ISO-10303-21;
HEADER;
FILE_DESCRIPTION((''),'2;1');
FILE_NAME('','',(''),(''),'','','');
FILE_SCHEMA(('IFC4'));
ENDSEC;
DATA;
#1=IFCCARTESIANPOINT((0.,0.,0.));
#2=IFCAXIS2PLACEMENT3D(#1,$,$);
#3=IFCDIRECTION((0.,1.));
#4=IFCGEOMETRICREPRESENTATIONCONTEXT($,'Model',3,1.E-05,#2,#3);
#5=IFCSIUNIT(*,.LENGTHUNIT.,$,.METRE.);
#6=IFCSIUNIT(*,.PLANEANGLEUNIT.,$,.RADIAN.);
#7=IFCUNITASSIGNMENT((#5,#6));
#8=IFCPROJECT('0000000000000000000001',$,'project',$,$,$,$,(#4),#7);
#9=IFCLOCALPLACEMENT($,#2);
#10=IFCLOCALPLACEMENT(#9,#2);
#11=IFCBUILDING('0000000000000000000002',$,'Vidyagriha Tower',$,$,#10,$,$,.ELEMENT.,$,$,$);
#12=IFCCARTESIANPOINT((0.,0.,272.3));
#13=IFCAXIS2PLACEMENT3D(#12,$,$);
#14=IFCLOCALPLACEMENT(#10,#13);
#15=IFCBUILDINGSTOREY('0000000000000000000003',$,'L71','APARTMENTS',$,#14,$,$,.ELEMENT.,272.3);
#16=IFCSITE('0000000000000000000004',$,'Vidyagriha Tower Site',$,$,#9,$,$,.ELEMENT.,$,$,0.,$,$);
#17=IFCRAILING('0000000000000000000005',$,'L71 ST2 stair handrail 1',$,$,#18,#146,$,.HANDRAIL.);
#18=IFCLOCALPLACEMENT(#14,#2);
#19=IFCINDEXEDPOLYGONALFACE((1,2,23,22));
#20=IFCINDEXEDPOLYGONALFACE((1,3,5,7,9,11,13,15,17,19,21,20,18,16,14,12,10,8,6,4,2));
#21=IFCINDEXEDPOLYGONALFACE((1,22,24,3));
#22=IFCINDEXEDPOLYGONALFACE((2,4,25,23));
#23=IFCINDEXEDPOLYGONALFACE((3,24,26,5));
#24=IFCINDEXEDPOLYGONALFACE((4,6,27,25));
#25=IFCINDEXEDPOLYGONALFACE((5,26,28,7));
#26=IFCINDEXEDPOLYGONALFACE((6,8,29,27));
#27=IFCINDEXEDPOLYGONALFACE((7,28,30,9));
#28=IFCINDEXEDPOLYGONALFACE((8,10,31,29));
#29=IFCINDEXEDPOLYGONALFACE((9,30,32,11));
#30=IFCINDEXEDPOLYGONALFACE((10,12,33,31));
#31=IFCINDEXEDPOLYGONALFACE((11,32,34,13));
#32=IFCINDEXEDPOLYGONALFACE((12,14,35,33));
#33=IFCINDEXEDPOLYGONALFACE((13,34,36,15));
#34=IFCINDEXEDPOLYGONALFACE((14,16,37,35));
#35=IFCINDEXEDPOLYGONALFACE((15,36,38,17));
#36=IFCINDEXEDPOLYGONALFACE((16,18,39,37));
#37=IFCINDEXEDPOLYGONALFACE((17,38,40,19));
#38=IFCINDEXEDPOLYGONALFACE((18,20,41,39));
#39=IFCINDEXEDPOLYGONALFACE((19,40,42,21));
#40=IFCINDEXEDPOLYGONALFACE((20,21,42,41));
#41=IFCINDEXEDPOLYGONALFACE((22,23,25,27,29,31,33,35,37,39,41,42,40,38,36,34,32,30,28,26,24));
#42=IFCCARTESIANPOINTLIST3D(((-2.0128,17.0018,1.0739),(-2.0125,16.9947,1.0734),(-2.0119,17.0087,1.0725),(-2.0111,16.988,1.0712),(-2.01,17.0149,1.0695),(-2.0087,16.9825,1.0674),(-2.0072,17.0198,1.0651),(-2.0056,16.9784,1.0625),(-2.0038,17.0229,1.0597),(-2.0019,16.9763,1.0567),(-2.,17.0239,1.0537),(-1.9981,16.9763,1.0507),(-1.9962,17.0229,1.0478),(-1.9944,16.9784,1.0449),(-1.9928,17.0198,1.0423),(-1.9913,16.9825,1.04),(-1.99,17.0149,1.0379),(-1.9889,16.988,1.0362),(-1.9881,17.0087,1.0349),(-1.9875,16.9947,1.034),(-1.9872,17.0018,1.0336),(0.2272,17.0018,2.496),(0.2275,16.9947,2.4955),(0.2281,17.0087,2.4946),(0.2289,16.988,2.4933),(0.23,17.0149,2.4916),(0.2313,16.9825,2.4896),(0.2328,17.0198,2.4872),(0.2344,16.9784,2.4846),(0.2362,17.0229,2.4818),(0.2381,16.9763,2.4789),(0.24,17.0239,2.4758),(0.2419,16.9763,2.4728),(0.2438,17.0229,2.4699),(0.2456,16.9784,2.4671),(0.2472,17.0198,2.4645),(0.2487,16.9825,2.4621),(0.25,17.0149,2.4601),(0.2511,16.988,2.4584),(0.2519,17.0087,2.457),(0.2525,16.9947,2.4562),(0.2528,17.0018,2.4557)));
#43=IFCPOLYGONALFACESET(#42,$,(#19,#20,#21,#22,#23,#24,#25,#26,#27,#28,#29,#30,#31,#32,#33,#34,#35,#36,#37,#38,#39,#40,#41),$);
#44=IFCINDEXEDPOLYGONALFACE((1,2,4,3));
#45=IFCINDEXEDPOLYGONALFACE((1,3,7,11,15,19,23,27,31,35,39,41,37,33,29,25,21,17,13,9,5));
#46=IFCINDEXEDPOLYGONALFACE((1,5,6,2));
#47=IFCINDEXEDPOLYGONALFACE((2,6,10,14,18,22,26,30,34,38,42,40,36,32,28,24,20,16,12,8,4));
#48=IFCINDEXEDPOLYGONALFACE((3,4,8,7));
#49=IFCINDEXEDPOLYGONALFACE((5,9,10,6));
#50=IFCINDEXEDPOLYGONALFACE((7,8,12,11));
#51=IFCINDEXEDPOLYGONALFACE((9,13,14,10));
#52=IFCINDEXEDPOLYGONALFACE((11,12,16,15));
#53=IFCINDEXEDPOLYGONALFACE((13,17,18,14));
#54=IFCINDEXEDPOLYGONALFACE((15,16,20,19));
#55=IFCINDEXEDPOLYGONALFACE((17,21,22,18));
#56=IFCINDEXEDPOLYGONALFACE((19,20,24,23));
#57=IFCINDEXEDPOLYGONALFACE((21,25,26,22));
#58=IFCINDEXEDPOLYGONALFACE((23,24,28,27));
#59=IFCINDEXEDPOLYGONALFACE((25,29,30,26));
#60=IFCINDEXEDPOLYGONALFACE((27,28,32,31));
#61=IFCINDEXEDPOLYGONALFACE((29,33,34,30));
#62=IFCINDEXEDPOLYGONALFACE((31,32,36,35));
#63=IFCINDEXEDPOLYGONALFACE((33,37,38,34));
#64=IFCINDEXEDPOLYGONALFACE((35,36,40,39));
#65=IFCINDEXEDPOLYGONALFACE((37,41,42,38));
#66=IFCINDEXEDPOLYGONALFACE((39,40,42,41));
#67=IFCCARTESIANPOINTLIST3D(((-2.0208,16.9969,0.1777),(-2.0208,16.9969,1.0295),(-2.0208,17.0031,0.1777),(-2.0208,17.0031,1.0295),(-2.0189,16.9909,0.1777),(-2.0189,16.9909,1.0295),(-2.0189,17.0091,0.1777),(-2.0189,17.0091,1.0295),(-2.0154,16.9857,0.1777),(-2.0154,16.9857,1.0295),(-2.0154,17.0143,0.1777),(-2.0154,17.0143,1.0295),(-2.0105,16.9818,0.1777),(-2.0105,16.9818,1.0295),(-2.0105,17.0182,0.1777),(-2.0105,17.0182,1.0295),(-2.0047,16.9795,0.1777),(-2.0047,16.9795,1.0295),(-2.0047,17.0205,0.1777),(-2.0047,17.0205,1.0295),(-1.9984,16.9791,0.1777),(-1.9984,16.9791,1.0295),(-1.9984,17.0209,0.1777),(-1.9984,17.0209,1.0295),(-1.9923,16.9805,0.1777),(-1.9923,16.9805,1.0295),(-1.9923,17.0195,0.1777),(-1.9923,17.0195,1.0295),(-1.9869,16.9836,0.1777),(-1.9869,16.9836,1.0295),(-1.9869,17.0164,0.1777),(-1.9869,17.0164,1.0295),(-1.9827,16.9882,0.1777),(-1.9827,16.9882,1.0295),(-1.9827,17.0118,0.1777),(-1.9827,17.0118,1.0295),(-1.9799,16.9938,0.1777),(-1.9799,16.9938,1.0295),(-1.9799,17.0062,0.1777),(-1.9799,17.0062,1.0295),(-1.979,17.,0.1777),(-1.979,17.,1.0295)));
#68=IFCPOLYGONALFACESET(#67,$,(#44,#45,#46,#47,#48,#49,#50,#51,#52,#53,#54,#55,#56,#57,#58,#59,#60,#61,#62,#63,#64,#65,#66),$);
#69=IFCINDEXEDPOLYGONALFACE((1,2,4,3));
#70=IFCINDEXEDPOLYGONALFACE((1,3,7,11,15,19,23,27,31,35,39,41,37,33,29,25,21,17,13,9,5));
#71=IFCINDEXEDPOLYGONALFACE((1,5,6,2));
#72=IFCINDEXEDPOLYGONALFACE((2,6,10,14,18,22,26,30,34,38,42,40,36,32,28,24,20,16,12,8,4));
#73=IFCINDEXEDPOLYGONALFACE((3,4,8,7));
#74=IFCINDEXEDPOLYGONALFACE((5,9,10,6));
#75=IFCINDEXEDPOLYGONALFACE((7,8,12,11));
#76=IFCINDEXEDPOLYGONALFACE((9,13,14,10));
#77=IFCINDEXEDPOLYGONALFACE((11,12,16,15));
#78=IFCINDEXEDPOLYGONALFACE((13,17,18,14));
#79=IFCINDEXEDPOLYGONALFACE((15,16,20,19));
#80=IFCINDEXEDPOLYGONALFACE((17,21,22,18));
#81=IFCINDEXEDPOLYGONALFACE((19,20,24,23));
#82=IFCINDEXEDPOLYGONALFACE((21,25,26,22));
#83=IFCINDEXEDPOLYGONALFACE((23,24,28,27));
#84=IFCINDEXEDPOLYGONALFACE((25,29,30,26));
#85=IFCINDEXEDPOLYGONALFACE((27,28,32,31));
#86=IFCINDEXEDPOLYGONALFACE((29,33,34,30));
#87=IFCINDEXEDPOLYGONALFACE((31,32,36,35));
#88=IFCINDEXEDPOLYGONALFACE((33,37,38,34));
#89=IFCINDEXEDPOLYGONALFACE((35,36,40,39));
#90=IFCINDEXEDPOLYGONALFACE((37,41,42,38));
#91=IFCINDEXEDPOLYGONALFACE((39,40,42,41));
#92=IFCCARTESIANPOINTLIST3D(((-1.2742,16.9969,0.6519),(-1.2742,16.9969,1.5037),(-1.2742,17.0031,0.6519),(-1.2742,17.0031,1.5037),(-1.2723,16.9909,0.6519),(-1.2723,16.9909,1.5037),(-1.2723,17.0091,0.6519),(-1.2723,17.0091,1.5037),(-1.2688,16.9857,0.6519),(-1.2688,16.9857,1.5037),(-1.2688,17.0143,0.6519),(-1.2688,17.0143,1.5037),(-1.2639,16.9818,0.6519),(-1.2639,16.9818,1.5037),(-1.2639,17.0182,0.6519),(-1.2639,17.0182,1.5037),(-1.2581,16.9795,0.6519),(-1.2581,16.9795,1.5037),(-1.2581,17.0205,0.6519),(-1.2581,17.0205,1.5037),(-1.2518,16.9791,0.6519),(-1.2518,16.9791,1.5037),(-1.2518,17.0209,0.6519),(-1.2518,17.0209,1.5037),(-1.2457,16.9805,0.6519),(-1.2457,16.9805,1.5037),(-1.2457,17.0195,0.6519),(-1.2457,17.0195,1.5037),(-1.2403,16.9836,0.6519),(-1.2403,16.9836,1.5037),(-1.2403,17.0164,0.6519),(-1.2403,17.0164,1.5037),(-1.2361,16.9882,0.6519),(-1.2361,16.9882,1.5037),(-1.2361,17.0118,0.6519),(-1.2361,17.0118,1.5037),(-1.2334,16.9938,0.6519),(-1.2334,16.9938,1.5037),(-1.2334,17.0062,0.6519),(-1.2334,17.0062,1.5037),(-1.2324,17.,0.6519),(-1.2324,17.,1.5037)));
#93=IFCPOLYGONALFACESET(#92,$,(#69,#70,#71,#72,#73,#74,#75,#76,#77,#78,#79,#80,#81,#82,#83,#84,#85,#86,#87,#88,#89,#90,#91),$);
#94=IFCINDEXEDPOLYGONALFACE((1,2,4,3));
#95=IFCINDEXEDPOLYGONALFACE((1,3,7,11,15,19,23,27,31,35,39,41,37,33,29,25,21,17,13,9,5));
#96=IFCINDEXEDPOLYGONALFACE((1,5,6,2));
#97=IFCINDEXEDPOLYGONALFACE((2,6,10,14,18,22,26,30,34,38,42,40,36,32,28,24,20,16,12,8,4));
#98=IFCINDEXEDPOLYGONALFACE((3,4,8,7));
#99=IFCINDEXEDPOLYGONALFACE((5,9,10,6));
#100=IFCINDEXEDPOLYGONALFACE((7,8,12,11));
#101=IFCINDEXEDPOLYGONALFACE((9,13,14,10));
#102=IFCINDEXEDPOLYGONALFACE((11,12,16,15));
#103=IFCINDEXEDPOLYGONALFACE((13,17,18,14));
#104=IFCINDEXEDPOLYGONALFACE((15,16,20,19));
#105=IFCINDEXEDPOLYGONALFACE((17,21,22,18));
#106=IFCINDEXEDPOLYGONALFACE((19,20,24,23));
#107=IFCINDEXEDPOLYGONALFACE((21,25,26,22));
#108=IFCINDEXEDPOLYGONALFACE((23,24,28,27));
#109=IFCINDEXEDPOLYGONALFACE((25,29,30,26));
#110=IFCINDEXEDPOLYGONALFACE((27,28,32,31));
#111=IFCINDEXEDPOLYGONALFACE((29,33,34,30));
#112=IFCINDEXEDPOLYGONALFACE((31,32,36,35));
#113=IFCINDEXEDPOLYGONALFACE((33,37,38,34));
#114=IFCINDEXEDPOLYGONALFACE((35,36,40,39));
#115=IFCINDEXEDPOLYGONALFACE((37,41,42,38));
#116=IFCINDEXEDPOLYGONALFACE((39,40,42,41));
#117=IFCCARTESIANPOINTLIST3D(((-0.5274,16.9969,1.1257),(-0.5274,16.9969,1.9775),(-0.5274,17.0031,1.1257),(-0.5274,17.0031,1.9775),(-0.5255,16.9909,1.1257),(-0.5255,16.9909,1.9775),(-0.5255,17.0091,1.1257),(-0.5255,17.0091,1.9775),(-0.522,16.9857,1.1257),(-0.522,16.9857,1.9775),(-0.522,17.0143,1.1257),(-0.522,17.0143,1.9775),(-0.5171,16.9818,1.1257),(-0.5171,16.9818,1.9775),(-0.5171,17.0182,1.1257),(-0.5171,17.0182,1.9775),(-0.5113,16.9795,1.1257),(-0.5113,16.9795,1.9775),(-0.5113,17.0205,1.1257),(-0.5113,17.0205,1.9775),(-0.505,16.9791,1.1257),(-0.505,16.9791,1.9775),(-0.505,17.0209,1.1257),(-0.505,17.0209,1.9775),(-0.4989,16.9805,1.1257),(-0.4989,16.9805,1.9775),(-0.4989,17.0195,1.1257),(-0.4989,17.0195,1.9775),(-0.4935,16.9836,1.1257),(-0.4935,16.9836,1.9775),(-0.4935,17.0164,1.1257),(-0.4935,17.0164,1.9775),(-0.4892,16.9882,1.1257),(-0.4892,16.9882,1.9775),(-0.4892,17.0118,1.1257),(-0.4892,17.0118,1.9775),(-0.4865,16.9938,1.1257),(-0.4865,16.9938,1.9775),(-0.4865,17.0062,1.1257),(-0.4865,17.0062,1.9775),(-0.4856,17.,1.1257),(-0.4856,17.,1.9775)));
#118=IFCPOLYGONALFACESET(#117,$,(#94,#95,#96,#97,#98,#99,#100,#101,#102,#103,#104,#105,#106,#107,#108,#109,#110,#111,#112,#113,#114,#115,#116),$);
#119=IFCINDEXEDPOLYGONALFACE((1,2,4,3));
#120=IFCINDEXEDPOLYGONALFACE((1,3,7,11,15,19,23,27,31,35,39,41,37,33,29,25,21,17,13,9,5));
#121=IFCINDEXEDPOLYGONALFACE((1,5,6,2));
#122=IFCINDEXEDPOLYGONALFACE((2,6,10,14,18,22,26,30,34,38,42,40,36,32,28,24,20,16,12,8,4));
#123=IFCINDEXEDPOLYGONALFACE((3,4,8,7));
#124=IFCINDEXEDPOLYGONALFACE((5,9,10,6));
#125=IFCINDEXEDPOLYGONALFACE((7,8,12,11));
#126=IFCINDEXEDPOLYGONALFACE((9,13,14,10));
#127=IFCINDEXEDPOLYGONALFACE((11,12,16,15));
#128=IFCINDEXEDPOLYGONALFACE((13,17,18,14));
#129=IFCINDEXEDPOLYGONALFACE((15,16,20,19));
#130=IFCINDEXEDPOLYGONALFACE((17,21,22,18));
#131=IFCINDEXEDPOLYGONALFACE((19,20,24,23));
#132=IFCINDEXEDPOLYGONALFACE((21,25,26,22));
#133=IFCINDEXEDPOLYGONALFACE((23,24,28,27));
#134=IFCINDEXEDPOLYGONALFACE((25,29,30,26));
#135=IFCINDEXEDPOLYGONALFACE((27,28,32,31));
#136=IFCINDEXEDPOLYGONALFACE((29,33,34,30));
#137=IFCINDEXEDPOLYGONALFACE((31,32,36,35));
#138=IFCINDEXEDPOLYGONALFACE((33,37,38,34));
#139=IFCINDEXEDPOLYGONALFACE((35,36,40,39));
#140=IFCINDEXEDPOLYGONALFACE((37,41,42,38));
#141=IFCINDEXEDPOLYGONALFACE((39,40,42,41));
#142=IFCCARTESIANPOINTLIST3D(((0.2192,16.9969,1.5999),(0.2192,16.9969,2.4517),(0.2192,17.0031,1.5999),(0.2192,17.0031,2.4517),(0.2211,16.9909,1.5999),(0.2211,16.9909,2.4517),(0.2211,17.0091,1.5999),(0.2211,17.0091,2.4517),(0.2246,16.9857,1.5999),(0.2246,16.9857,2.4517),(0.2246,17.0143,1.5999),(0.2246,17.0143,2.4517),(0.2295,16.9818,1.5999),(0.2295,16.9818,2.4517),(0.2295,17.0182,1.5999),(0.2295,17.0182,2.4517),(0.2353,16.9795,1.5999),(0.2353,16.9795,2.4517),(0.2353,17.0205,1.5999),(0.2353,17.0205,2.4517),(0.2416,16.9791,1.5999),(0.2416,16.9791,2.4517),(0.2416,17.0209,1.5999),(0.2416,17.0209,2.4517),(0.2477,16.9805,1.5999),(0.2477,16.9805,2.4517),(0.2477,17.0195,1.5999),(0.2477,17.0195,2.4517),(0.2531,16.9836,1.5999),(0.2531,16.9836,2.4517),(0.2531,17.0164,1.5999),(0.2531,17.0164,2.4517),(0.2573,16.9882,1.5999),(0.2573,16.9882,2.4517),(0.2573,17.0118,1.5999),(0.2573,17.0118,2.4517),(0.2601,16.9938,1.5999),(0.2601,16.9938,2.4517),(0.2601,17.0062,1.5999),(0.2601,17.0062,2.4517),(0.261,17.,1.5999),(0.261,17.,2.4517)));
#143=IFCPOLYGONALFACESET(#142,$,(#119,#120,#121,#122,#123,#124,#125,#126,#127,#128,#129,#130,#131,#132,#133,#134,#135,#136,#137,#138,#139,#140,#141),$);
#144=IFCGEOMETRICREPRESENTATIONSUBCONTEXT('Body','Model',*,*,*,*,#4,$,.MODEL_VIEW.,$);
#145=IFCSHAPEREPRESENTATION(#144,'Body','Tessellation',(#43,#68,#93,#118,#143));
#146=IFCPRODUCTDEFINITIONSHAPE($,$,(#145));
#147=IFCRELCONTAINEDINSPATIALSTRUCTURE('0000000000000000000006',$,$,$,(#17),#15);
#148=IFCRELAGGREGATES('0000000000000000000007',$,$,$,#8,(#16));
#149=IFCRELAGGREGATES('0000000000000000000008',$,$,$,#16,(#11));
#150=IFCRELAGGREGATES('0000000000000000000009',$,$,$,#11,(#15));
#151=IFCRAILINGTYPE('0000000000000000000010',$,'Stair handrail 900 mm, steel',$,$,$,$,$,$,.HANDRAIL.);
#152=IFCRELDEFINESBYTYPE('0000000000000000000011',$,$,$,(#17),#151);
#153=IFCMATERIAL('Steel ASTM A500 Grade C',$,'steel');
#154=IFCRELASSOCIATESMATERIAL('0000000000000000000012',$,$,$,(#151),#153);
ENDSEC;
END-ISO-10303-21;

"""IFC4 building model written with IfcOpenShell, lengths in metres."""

from ifc_helpers import new_model, si_unit, direction, frame, origin, origin_2d, place, context, subcontext, project, spatial, circle, extrude, material, type_object, element, save


model = new_model("IFC4")

# Units and contexts
model_context = context("Model", 3, precision=1e-05, world=origin(), true_north=direction((0.0, 1.0)))
body_context = subcontext(model_context, "Body", "Model", "MODEL_VIEW")
ifc_project = project(units=[si_unit("LENGTHUNIT", "METRE"), si_unit("PLANEANGLEUNIT", "RADIAN")], contexts=[model_context])

# Site, building, storey
site_placement = place(None, origin())
site = spatial("IfcSite", under=ifc_project, at=site_placement, Name="Vidyagriha Tower Site", CompositionType="ELEMENT", RefElevation=0.0)
building_placement = place(site_placement, origin())
building = spatial("IfcBuilding", under=site, at=building_placement, Name="Vidyagriha Tower", CompositionType="ELEMENT")
storey_placement = place(building_placement, frame((0.0, 0.0, 272.3)))
storey = spatial("IfcBuildingStorey", under=building, at=storey_placement, Name="L71", Description="APARTMENTS", CompositionType="ELEMENT", Elevation=272.3)

# Railing
ifc_material_1 = material(Name="Steel ASTM A500 Grade C", Category="steel")
railing_type = type_object("IfcRailingType", Name="Stair handrail 900 mm, steel", PredefinedType="HANDRAIL", material=ifc_material_1)
for number, where, name in (
    (1, (-2.0, 17.0, 0.1777), "L71 ST2 stair handrail 1"),
):
    element("IfcRailing", number, at=place(storey_placement, frame(where)), inside=storey, type_object=railing_type, Name=name, PredefinedType="HANDRAIL", context=body_context, shape_type="SweptSolid", body=[
        extrude(circle(Radius=0.0239, at=origin_2d()), frame((0.0, 0.0, 0.876), z_axis=(0.844229, 0.0, 0.535982), x_axis=(0.0, 1.0, 0.0)), (0.0, 0.0, 1.0), 2.6533),
        extrude(circle(Radius=0.021, at=origin_2d()), origin(), (0.0, 0.0, 1.0), 0.8518),
        extrude(circle(Radius=0.021, at=origin_2d()), frame((0.7466, 0.0, 0.4741)), (0.0, 0.0, 1.0), 0.8518),
        extrude(circle(Radius=0.021, at=origin_2d()), frame((1.4934, 0.0, 0.948)), (0.0, 0.0, 1.0), 0.8518),
        extrude(circle(Radius=0.021, at=origin_2d()), frame((2.24, 0.0, 1.4221)), (0.0, 0.0, 1.0), 0.8518),
    ])

save(model, "model.ifc")
